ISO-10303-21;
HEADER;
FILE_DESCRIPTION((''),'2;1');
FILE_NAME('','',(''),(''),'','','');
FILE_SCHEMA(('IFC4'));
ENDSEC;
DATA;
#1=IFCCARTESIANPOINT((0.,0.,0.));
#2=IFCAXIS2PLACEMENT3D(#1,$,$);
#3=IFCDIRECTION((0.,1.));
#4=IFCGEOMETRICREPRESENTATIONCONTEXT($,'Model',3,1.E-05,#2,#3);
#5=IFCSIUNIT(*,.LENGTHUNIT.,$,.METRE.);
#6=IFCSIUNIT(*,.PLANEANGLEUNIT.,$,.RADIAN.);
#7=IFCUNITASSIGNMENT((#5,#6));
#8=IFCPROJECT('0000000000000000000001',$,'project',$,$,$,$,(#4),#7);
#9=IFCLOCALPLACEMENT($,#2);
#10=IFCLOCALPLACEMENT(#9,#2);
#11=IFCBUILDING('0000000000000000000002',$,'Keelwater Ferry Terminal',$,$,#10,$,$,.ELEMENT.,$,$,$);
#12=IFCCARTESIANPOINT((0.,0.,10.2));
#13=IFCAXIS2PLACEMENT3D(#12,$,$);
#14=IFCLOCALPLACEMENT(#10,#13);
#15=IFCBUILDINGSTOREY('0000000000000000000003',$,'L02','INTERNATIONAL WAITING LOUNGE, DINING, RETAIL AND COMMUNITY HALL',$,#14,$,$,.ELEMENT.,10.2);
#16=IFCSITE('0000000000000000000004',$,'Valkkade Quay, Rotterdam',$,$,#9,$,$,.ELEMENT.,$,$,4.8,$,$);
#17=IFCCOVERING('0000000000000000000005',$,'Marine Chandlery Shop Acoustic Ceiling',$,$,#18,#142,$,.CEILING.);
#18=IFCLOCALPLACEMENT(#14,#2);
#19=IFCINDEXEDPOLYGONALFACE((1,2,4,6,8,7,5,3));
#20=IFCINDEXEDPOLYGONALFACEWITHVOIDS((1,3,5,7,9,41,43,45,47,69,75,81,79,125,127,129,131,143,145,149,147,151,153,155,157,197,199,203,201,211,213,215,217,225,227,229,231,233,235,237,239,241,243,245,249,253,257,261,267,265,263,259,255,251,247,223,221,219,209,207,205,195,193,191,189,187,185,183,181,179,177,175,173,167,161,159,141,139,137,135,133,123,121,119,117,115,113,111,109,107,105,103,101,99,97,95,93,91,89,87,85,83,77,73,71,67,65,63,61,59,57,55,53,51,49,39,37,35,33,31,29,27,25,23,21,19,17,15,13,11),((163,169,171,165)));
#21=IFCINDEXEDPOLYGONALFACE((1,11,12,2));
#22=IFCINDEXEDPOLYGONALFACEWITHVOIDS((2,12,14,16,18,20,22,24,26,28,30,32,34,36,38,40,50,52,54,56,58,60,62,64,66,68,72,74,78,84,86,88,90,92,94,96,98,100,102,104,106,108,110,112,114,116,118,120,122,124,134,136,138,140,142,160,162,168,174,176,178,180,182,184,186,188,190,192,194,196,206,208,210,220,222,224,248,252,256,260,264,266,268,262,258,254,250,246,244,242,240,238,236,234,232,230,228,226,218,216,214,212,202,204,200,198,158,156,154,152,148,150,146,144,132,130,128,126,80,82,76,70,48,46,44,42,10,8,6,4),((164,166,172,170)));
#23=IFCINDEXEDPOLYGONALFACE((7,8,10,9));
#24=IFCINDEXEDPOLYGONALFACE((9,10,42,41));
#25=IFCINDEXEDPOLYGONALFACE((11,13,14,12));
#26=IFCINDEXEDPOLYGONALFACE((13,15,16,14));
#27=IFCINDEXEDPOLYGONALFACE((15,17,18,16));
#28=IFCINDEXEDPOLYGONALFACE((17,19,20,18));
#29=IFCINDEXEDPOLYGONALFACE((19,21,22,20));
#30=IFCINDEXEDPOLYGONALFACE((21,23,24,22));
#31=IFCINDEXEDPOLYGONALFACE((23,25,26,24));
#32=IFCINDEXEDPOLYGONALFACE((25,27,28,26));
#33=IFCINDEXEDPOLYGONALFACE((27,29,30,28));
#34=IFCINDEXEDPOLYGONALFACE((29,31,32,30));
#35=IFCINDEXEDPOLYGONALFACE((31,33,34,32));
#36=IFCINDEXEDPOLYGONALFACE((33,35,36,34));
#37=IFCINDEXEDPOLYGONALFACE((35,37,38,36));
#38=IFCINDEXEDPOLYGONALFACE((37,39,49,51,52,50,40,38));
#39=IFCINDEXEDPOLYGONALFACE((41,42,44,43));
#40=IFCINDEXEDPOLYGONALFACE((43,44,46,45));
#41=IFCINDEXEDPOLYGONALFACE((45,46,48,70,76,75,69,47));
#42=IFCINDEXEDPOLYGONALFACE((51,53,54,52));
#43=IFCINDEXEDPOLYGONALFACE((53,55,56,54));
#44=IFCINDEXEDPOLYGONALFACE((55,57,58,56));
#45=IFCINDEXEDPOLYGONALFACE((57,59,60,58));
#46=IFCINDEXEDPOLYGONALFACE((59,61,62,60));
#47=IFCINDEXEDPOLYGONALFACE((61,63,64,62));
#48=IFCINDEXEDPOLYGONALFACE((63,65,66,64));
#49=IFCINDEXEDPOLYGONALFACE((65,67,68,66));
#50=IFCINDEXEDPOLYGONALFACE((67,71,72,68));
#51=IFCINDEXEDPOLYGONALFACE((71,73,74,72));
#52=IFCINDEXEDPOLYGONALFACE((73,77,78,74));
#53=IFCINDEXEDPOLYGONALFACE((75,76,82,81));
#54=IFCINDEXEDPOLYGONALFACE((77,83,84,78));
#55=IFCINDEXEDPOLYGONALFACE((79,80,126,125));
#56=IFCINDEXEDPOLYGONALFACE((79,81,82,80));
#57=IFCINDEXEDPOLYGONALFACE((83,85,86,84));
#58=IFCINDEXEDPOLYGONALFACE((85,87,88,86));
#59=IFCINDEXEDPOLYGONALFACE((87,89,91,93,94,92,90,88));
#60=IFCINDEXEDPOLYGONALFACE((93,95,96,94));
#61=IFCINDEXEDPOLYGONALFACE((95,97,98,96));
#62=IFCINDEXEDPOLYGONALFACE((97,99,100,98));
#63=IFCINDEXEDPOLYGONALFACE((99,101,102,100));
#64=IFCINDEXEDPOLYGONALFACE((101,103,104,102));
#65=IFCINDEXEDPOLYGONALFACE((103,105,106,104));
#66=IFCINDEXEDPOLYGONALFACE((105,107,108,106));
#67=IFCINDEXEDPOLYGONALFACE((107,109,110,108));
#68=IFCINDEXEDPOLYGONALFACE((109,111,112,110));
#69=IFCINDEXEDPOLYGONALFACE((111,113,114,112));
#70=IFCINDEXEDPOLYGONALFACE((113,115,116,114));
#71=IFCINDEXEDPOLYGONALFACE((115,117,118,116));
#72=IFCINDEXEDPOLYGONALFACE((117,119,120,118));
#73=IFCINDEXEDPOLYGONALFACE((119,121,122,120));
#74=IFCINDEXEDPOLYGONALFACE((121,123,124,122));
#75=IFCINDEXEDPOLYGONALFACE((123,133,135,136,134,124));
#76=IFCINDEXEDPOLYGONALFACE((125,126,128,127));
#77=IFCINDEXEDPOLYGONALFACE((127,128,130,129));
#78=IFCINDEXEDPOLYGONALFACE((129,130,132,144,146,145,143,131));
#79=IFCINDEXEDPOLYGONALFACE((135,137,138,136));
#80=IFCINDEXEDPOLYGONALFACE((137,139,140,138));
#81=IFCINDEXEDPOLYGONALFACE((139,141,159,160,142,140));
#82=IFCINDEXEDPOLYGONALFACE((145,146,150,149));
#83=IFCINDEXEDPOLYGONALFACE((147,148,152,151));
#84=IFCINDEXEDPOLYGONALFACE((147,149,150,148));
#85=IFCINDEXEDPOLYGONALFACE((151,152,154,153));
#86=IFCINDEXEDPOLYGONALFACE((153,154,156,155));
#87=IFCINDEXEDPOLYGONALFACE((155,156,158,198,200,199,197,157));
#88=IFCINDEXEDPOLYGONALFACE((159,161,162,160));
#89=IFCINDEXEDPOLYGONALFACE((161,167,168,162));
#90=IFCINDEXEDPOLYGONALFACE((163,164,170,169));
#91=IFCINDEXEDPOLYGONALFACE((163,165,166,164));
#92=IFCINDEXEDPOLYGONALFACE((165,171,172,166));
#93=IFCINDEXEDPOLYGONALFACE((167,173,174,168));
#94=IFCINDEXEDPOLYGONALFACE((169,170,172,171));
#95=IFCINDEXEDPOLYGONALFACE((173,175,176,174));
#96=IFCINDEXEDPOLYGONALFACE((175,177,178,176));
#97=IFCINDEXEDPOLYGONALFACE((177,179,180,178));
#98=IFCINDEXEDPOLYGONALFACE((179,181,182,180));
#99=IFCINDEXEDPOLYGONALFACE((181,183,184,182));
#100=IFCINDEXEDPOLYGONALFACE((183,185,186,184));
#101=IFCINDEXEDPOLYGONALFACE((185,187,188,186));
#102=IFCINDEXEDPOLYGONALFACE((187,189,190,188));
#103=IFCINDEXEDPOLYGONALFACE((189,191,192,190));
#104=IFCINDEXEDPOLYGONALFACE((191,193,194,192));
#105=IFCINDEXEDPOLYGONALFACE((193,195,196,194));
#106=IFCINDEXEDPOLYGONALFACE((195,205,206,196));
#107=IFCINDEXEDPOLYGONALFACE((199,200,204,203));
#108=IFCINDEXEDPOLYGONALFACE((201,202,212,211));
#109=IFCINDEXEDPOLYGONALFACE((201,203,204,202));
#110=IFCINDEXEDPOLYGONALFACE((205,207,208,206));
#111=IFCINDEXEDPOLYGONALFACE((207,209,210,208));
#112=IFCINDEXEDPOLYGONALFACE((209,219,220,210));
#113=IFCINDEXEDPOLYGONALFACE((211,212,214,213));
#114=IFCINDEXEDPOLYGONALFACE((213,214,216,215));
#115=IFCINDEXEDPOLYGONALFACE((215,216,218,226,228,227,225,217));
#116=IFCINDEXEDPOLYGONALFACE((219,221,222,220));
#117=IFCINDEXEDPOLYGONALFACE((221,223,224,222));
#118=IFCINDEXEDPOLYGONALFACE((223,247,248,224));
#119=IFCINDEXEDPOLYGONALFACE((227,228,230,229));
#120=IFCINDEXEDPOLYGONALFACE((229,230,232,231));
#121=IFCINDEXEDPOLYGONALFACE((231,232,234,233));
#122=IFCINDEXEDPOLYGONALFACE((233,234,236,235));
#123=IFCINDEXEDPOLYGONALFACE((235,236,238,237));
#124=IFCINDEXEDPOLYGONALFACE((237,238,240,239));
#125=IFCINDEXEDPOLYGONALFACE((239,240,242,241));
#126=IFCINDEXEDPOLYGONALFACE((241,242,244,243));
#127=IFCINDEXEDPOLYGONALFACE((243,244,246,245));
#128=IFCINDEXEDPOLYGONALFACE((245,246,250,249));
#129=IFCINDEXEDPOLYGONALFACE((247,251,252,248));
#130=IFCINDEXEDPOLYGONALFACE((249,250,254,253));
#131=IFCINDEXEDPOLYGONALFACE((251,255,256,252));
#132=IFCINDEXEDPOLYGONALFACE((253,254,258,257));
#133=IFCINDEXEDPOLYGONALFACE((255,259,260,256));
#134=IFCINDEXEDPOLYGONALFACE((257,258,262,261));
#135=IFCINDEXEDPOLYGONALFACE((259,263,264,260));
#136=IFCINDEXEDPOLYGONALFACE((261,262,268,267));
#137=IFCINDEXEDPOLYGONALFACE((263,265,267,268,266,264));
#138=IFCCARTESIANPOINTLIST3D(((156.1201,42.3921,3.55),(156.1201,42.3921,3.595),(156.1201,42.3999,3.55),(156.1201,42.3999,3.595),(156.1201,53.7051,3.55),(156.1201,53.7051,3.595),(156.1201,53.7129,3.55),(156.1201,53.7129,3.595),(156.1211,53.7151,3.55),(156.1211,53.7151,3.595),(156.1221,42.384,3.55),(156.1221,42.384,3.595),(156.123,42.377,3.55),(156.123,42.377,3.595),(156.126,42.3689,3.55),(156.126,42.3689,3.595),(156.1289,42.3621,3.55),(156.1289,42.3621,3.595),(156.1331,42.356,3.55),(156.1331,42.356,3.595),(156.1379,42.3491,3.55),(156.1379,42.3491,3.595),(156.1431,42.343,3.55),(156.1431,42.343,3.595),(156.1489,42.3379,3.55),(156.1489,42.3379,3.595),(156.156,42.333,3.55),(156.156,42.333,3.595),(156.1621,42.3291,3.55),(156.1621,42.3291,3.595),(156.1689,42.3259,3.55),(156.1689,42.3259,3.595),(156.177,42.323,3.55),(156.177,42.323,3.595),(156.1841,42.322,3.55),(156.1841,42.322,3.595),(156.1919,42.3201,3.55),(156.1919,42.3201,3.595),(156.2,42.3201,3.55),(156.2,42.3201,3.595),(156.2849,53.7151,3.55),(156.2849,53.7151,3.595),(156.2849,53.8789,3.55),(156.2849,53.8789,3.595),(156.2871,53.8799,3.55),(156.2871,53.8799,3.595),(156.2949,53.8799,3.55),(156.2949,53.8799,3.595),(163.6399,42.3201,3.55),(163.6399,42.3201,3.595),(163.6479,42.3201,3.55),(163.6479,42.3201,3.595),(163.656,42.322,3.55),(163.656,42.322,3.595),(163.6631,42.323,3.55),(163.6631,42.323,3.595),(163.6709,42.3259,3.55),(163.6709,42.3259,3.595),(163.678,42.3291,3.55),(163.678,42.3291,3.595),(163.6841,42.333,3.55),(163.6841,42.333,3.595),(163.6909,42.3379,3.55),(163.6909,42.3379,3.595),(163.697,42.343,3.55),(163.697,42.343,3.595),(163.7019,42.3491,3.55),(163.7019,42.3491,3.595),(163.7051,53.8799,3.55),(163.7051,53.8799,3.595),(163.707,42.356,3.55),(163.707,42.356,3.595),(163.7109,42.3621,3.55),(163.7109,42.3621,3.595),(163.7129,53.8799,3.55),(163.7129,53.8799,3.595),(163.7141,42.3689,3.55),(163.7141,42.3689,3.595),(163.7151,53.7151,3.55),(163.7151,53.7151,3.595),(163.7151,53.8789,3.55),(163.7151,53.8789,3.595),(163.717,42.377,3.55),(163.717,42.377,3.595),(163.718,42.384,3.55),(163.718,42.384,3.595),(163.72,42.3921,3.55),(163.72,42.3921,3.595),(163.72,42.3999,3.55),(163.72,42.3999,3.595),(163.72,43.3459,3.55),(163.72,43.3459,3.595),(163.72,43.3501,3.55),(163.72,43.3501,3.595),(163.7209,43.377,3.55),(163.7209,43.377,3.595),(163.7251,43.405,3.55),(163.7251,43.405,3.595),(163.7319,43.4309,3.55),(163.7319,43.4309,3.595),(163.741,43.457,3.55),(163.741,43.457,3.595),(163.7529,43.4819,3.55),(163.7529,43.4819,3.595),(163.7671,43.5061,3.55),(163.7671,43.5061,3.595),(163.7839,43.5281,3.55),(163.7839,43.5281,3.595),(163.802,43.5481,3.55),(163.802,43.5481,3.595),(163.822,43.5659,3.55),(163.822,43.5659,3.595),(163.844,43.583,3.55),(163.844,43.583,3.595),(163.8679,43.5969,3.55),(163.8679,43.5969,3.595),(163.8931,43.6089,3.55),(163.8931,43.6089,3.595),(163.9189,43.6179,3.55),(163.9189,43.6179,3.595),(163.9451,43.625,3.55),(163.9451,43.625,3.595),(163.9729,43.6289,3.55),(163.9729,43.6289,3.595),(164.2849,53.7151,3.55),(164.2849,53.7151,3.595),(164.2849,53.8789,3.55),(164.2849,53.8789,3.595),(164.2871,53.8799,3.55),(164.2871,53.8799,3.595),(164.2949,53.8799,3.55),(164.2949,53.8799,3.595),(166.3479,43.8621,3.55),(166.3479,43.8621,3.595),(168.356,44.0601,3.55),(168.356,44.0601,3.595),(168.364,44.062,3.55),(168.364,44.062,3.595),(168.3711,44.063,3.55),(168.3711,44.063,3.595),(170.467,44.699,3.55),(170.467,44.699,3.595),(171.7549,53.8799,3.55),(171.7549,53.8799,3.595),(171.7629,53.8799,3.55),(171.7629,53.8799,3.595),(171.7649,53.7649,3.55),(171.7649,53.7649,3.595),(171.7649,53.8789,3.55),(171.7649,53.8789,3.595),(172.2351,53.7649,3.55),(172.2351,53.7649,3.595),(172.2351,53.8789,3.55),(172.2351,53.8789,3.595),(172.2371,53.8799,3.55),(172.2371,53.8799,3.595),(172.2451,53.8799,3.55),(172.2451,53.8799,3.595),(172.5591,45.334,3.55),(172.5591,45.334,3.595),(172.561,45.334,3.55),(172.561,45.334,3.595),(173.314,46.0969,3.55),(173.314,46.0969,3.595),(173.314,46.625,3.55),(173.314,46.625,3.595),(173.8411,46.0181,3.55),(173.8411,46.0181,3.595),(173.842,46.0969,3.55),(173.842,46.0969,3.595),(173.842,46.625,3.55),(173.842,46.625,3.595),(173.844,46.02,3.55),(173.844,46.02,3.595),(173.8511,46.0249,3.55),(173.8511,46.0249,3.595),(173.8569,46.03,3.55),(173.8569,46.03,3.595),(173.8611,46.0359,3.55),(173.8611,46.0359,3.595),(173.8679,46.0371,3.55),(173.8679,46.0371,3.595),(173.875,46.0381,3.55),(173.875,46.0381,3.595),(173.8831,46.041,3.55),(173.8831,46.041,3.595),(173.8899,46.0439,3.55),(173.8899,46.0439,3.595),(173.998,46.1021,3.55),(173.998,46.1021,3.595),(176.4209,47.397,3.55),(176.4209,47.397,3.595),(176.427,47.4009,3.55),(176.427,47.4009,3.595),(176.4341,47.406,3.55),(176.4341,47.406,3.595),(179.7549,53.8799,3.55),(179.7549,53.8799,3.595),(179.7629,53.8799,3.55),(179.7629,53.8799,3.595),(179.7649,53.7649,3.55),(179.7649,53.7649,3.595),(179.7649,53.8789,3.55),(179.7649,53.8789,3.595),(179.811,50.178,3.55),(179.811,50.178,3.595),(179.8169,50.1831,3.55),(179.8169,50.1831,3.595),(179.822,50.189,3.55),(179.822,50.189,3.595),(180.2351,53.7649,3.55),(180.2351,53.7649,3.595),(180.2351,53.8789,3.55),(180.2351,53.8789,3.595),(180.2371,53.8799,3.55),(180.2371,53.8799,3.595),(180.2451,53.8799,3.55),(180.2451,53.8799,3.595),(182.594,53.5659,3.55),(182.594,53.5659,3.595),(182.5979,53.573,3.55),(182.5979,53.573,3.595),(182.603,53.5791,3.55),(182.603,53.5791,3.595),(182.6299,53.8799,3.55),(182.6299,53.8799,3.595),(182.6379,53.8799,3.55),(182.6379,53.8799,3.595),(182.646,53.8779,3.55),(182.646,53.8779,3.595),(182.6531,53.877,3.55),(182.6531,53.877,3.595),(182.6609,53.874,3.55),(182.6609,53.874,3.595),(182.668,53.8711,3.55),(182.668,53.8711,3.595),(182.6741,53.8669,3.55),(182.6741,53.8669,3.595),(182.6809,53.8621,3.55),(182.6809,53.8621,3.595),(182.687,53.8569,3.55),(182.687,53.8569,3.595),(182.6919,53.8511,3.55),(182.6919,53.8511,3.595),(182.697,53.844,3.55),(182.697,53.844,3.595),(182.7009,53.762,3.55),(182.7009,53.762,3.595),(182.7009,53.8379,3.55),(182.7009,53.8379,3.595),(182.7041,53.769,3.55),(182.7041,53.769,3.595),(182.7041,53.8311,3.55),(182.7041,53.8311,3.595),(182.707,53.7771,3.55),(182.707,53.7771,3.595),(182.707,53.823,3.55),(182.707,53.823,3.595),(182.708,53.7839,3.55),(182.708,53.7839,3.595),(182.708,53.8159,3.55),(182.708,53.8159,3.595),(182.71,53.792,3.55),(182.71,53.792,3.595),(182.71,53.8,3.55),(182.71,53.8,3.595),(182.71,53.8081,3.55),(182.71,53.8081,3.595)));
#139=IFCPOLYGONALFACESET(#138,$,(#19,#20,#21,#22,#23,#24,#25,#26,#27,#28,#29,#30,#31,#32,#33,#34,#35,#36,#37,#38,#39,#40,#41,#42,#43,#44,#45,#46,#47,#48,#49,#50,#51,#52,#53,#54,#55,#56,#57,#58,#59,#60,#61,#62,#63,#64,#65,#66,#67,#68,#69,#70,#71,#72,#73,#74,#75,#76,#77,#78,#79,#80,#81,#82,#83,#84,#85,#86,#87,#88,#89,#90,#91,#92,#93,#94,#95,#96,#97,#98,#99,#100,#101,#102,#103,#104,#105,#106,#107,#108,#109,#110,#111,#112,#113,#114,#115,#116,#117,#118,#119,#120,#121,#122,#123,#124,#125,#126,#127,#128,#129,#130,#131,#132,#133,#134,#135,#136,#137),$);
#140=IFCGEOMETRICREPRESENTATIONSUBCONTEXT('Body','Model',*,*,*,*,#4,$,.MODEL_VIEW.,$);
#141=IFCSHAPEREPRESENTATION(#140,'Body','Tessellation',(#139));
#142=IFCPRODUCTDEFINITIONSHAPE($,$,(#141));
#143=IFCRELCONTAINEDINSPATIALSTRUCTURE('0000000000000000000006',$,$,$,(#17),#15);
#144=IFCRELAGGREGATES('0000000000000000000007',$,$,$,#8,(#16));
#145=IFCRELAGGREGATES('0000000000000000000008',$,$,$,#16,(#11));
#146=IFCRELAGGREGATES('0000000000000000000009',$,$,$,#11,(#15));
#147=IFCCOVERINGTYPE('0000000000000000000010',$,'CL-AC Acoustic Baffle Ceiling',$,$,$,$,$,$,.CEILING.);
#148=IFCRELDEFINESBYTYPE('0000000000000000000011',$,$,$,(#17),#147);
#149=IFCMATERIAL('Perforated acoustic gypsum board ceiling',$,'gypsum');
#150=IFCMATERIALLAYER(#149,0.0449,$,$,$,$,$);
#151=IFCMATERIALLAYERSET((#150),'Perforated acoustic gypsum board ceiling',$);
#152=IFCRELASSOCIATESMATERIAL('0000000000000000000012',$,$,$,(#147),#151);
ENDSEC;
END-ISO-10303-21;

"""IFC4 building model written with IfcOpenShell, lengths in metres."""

from ifc_helpers import new_model, si_unit, direction, frame, origin, place, context, subcontext, project, spatial, polyline, outline, extrude, material, layer, layer_set, type_object, element, save


model = new_model("IFC4")

# Units and contexts
model_context = context("Model", 3, precision=1e-05, world=origin(), true_north=direction((0.0, 1.0)))
body_context = subcontext(model_context, "Body", "Model", "MODEL_VIEW")
ifc_project = project(units=[si_unit("LENGTHUNIT", "METRE"), si_unit("PLANEANGLEUNIT", "RADIAN")], contexts=[model_context])

# Site, building, storey
site_placement = place(None, origin())
site = spatial("IfcSite", under=ifc_project, at=site_placement, Name="Valkkade Quay, Rotterdam", CompositionType="ELEMENT", RefElevation=4.8)
building_placement = place(site_placement, origin())
building = spatial("IfcBuilding", under=site, at=building_placement, Name="Keelwater Ferry Terminal", CompositionType="ELEMENT")
storey_placement = place(building_placement, frame((0.0, 0.0, 10.2)))
storey = spatial("IfcBuildingStorey", under=building, at=storey_placement, Name="L02", Description="INTERNATIONAL WAITING LOUNGE, DINING, RETAIL AND COMMUNITY HALL", CompositionType="ELEMENT", Elevation=10.2)

# Covering
ifc_material_1 = material(Name="Perforated acoustic gypsum board ceiling", Category="gypsum")
ifc_layer_1 = layer(ifc_material_1, 0.0449)
ifc_layer_set_1 = layer_set([ifc_layer_1], Name="Perforated acoustic gypsum board ceiling")
covering_type_1 = type_object("IfcCoveringType", Name="CL-AC Acoustic Baffle Ceiling", PredefinedType="CEILING", material=ifc_layer_set_1)
covering_1_placement = place(storey_placement, frame((0.0, 0.0, 3.55)))
element("IfcCovering", 1, at=covering_1_placement, inside=storey, type_object=covering_type_1, Name="Marine Chandlery Shop Acoustic Ceiling", PredefinedType="CEILING", context=body_context, shape_type="SweptSolid", body=[
    extrude(outline(polyline([(163.7151, 53.8789), (163.7151, 53.7151), (164.2849, 53.7151), (164.2849, 53.8789), (164.2871, 53.8799), (164.2949, 53.8799), (171.7549, 53.8799), (171.7629, 53.8799), (171.7649, 53.8789), (171.7649, 53.7649), (172.2351, 53.7649), (172.2351, 53.8789), (172.2371, 53.8799), (172.2451, 53.8799), (179.7549, 53.8799), (179.7629, 53.8799), (179.7649, 53.8789), (179.7649, 53.7649), (180.2351, 53.7649), (180.2351, 53.8789), (180.2371, 53.8799), (180.2451, 53.8799), (182.6299, 53.8799), (182.6379, 53.8799), (182.646, 53.8779), (182.6531, 53.877), (182.6609, 53.874), (182.668, 53.8711), (182.6741, 53.8669), (182.6809, 53.8621), (182.687, 53.8569), (182.6919, 53.8511), (182.697, 53.844), (182.7009, 53.8379), (182.7041, 53.8311), (182.707, 53.823), (182.708, 53.8159), (182.71, 53.8081), (182.71, 53.8), (182.71, 53.792), (182.708, 53.7839), (182.707, 53.7771), (182.7041, 53.769), (182.7009, 53.762), (182.603, 53.5791), (182.5979, 53.573), (182.594, 53.5659), (179.822, 50.189), (179.8169, 50.1831), (179.811, 50.178), (176.4341, 47.406), (176.427, 47.4009), (176.4209, 47.397), (173.998, 46.1021), (173.8899, 46.0439), (173.8831, 46.041), (173.875, 46.0381), (173.8679, 46.0371), (173.8611, 46.0359), (173.8569, 46.03), (173.8511, 46.0249), (173.844, 46.02), (173.8411, 46.0181), (172.561, 45.334), (172.561, 45.334), (172.5591, 45.334), (170.467, 44.699), (168.3711, 44.063), (168.364, 44.062), (168.356, 44.0601), (166.3479, 43.8621), (163.9729, 43.6289), (163.9451, 43.625), (163.9189, 43.6179), (163.8931, 43.6089), (163.8679, 43.5969), (163.844, 43.583), (163.822, 43.5659), (163.802, 43.5481), (163.7839, 43.5281), (163.7671, 43.5061), (163.7529, 43.4819), (163.741, 43.457), (163.7319, 43.4309), (163.7251, 43.405), (163.7209, 43.377), (163.72, 43.3501), (163.72, 43.3459), (163.72, 42.3999), (163.72, 42.3921), (163.718, 42.384), (163.717, 42.377), (163.7141, 42.3689), (163.7109, 42.3621), (163.707, 42.356), (163.7019, 42.3491), (163.697, 42.343), (163.6909, 42.3379), (163.6841, 42.333), (163.678, 42.3291), (163.6709, 42.3259), (163.6631, 42.323), (163.656, 42.322), (163.6479, 42.3201), (163.6399, 42.3201), (156.2, 42.3201), (156.1919, 42.3201), (156.1841, 42.322), (156.177, 42.323), (156.1689, 42.3259), (156.1621, 42.3291), (156.156, 42.333), (156.1489, 42.3379), (156.1431, 42.343), (156.1379, 42.3491), (156.1331, 42.356), (156.1289, 42.3621), (156.126, 42.3689), (156.123, 42.377), (156.1221, 42.384), (156.1201, 42.3921), (156.1201, 42.3999), (156.1201, 53.7051), (156.1201, 53.7129), (156.1211, 53.7151), (156.2849, 53.7151), (156.2849, 53.8789), (156.2871, 53.8799), (156.2949, 53.8799), (163.7051, 53.8799), (163.7129, 53.8799), (163.7151, 53.8789)]), holes=[polyline([(173.314, 46.625), (173.314, 46.0969), (173.842, 46.0969), (173.842, 46.625), (173.314, 46.625)])]), origin(), (0.0, 0.0, 1.0), 0.0449),
])

save(model, "model.ifc")
